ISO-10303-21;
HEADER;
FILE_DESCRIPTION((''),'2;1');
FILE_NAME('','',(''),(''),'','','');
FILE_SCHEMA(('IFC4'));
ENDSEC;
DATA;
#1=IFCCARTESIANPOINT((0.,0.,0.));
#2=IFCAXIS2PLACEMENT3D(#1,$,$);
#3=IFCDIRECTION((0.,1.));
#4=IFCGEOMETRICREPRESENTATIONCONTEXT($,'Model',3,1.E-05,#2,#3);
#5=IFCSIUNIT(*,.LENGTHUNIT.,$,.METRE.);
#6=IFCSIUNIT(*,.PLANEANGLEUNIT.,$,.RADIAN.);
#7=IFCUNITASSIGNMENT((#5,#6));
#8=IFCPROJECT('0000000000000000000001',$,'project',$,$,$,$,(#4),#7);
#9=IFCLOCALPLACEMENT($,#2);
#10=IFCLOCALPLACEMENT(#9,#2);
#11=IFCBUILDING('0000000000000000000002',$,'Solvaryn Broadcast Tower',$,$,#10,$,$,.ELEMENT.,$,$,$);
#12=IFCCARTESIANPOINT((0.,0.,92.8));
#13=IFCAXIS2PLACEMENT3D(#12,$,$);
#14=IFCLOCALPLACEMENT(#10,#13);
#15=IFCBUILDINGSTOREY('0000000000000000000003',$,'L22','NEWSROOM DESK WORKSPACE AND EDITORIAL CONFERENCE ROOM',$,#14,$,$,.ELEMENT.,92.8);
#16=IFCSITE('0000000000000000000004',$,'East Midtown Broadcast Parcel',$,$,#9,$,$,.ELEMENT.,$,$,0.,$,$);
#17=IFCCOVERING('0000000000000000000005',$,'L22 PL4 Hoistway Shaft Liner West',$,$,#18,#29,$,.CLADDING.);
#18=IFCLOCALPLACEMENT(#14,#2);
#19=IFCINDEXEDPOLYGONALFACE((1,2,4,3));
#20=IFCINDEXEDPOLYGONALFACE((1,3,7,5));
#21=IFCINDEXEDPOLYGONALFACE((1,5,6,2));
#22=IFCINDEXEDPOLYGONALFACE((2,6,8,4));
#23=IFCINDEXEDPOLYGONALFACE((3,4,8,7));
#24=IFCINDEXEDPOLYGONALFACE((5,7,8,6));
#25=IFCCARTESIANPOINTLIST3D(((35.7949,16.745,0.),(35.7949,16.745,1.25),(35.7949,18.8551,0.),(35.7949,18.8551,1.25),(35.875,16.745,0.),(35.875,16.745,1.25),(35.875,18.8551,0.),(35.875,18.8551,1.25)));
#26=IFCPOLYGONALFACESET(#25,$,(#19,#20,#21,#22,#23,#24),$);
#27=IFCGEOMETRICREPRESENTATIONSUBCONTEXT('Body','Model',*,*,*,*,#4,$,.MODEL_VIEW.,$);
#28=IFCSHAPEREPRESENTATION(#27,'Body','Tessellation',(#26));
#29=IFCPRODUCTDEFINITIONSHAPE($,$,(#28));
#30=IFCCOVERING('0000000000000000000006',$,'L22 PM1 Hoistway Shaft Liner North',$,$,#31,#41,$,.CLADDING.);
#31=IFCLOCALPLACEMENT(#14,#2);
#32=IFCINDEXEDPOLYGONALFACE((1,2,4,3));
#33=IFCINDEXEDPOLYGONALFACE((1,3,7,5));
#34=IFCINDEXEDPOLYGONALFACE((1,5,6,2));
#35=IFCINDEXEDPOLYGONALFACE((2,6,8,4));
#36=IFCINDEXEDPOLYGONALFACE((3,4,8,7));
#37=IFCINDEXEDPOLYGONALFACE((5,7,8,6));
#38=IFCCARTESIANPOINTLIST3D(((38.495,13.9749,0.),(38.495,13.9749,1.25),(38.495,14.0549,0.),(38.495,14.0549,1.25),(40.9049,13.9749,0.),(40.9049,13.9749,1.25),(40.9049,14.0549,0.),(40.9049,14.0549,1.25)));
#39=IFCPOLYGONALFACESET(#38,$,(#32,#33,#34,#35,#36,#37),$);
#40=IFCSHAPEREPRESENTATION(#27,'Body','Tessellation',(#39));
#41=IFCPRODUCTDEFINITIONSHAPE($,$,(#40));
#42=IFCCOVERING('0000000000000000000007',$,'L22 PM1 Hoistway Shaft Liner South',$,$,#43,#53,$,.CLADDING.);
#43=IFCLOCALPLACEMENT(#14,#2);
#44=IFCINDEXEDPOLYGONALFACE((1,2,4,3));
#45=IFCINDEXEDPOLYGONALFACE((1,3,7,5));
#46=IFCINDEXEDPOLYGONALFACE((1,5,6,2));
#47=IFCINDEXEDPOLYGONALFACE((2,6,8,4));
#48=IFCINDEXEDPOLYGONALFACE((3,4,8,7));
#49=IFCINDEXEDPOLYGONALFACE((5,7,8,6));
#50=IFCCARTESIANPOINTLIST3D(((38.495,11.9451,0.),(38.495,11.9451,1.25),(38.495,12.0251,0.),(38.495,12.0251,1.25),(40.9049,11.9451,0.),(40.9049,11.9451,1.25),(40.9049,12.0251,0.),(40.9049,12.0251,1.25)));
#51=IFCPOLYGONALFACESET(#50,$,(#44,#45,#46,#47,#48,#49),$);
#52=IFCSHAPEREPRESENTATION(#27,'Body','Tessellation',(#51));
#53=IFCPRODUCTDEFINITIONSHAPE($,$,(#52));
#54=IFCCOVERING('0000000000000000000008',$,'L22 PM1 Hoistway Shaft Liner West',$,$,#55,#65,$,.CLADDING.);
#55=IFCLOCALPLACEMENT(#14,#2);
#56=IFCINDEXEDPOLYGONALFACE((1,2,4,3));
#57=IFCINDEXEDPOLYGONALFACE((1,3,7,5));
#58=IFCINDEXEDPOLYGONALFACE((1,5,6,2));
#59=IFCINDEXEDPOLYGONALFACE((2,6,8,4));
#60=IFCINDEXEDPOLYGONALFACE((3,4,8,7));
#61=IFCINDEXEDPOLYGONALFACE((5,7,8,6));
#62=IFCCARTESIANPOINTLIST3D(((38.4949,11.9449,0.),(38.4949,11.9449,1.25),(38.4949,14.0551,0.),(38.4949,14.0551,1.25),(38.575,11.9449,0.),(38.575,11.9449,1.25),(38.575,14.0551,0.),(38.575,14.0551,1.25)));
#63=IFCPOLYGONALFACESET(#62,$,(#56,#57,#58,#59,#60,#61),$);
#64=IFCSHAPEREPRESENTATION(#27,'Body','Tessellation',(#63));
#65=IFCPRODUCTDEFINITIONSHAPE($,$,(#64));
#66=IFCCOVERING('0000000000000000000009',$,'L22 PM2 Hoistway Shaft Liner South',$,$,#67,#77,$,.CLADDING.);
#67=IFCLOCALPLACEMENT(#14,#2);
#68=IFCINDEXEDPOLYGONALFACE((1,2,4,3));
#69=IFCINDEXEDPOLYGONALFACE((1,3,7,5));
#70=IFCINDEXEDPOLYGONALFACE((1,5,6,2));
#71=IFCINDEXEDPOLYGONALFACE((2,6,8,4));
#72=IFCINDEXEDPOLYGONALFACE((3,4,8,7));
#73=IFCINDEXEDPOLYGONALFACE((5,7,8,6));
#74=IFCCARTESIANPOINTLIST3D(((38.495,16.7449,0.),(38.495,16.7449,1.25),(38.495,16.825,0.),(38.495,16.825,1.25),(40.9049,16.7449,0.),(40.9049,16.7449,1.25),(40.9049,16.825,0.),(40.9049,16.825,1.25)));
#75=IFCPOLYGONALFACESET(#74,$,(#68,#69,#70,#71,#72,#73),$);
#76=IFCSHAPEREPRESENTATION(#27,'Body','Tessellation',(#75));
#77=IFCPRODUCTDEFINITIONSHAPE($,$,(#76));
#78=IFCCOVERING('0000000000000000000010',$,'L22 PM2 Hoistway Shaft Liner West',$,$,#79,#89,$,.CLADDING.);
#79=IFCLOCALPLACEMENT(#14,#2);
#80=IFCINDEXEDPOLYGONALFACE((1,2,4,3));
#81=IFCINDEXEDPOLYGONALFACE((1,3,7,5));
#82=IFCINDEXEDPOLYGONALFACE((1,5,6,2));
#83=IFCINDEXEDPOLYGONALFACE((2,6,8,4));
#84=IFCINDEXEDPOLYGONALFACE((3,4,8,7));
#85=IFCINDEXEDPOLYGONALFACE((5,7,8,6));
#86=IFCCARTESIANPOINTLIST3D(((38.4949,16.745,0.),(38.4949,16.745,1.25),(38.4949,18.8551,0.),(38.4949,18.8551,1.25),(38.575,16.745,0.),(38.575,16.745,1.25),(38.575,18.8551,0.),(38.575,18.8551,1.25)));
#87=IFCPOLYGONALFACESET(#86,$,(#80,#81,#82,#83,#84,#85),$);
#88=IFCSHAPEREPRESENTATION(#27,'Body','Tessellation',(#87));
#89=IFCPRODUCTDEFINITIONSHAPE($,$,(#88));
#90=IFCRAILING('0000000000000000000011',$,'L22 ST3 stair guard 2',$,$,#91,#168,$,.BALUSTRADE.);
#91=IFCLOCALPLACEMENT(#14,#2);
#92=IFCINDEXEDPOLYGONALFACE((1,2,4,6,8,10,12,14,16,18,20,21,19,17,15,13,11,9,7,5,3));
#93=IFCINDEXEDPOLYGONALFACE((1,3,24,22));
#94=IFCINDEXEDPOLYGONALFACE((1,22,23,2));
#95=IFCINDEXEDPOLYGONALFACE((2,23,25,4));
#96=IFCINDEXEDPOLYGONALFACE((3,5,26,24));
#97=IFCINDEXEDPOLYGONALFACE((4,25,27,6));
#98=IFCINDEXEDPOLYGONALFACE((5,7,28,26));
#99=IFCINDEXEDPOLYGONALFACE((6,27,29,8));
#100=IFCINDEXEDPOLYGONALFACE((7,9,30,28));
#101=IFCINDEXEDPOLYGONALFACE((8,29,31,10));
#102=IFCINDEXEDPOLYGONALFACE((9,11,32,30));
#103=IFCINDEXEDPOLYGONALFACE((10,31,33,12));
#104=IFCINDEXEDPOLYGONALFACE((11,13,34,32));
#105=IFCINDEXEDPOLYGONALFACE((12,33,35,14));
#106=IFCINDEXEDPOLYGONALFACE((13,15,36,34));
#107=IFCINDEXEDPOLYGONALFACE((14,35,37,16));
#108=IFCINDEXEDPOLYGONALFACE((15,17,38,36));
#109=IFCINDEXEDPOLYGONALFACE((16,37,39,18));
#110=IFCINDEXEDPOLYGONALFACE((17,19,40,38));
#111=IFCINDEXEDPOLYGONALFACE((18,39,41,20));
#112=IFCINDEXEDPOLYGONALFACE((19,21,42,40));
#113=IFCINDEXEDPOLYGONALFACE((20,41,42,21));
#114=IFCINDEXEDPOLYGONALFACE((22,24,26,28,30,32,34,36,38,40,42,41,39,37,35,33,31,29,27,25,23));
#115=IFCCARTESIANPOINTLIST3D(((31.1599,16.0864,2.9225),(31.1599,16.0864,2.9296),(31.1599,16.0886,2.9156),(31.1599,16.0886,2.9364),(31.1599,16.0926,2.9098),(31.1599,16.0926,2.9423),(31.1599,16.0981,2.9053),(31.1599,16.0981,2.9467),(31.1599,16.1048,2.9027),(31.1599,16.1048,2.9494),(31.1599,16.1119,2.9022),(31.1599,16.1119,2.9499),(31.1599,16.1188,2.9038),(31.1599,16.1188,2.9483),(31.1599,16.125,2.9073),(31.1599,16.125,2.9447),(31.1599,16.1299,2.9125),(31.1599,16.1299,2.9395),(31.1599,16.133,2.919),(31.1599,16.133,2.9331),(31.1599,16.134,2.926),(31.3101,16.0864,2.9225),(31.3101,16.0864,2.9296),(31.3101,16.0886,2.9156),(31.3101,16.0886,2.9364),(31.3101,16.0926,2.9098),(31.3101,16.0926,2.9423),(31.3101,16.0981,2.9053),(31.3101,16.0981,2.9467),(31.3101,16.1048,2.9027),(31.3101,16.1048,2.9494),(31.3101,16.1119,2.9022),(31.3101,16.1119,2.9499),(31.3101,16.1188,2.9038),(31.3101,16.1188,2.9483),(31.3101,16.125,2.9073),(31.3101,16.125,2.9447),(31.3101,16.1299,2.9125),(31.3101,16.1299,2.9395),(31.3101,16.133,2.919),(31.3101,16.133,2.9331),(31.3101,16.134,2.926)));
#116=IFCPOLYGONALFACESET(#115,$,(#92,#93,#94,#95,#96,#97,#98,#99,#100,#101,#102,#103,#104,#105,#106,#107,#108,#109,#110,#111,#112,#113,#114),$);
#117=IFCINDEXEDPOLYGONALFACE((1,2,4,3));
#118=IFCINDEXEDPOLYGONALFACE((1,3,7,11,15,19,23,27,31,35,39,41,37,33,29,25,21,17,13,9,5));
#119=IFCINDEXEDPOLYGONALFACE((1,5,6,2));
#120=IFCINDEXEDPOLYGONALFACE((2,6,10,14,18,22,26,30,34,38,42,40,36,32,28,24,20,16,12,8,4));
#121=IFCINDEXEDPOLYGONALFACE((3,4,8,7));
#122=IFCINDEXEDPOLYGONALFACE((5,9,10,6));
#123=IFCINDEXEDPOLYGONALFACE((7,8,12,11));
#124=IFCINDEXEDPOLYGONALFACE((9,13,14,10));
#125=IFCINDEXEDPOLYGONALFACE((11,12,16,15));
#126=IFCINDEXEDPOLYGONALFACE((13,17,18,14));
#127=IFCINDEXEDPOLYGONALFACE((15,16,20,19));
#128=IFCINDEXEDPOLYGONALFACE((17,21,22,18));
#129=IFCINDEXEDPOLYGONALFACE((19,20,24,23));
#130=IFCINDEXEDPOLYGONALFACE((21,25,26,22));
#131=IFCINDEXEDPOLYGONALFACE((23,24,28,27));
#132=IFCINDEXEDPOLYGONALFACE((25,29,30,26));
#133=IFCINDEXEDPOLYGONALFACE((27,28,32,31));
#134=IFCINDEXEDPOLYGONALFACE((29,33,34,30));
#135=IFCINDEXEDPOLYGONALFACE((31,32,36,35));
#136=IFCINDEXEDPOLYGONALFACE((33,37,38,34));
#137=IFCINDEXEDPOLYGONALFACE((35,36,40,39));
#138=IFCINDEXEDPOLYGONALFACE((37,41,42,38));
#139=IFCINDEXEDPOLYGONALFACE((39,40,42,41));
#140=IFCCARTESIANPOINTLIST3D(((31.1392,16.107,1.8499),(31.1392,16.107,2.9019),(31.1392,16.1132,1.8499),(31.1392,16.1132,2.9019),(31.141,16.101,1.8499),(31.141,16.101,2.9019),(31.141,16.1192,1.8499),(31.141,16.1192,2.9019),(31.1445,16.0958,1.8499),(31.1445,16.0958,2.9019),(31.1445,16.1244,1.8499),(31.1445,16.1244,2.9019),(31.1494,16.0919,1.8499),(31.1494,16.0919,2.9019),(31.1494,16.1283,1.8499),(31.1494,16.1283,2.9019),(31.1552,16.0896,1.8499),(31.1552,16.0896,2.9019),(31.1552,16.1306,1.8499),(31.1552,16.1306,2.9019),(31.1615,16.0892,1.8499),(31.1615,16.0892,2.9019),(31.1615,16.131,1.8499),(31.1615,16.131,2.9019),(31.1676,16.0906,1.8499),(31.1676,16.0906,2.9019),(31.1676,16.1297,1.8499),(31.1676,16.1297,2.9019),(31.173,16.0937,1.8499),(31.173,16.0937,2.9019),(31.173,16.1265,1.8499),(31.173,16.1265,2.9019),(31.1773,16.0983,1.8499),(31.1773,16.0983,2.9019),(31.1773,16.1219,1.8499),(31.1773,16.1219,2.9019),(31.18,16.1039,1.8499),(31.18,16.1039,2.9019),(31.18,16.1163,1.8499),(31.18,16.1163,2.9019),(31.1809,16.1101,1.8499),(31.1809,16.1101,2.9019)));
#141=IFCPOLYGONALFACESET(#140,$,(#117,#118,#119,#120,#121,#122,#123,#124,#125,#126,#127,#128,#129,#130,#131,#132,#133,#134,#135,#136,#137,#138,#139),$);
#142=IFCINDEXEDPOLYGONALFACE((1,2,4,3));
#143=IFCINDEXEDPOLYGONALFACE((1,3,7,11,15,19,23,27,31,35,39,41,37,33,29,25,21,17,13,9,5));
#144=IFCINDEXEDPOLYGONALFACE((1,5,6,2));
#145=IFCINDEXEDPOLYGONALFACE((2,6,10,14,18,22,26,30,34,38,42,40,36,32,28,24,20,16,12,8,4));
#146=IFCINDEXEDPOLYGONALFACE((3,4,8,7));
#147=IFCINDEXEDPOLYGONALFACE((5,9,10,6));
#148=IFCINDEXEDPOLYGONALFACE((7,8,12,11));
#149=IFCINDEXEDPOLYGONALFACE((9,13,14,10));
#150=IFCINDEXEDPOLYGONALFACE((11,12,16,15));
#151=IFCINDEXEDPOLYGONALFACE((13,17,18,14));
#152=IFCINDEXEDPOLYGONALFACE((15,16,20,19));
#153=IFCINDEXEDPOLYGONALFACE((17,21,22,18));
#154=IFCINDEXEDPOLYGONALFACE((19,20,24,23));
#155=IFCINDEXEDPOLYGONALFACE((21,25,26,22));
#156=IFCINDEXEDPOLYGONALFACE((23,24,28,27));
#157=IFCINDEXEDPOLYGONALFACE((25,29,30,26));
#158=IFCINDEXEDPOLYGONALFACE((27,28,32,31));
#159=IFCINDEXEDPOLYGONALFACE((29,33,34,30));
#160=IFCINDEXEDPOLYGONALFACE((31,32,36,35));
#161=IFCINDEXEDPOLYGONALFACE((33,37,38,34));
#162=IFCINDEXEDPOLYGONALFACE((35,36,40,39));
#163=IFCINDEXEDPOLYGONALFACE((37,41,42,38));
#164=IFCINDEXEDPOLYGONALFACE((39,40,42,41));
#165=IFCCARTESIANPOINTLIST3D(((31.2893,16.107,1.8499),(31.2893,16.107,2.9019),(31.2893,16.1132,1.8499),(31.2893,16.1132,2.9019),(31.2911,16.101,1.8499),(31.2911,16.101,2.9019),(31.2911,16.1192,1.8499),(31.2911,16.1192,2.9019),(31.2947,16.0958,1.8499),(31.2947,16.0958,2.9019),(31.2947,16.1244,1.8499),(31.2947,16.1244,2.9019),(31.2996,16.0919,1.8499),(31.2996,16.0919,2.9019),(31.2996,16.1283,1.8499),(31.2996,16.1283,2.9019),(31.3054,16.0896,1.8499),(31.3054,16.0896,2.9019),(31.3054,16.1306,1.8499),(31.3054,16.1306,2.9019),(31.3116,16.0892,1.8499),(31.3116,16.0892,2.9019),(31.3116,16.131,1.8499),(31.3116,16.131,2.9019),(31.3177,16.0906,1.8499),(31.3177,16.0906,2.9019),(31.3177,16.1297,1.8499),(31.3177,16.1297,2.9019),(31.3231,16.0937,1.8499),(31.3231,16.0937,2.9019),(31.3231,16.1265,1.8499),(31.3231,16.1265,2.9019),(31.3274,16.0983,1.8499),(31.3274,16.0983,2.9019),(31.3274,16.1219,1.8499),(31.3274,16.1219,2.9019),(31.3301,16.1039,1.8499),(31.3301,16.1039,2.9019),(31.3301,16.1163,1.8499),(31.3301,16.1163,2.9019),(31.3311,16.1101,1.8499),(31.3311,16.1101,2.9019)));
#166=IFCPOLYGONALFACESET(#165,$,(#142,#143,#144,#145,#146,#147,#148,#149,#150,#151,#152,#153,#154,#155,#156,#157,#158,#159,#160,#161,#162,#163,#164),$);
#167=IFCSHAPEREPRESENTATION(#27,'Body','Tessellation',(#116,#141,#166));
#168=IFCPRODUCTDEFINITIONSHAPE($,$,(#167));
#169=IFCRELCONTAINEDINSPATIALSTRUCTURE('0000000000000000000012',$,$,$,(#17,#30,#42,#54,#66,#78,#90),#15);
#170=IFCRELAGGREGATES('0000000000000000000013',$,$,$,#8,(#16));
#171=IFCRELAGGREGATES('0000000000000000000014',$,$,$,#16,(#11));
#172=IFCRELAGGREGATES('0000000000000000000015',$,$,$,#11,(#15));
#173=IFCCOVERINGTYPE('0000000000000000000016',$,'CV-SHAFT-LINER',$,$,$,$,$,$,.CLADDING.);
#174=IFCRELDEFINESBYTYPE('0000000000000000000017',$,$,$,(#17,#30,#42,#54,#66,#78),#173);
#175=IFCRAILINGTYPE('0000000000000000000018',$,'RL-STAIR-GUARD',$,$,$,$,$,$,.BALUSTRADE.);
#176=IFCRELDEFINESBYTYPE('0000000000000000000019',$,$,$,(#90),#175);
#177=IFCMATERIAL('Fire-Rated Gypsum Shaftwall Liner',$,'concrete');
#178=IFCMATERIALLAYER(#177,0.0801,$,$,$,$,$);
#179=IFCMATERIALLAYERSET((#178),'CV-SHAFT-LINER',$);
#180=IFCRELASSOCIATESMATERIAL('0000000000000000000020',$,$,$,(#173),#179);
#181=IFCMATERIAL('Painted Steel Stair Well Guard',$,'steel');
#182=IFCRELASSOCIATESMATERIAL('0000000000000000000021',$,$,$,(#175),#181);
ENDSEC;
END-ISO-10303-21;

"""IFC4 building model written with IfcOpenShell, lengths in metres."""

from ifc_helpers import new_model, si_unit, direction, frame, origin, origin_2d, place, context, subcontext, project, spatial, rectangle, circle, extrude, material, layer, layer_set, type_object, element, save


model = new_model("IFC4")

# Units and contexts
model_context = context("Model", 3, precision=1e-05, world=origin(), true_north=direction((0.0, 1.0)))
body_context = subcontext(model_context, "Body", "Model", "MODEL_VIEW")
ifc_project = project(units=[si_unit("LENGTHUNIT", "METRE"), si_unit("PLANEANGLEUNIT", "RADIAN")], contexts=[model_context])

# Site, building, storey
site_placement = place(None, origin())
site = spatial("IfcSite", under=ifc_project, at=site_placement, Name="East Midtown Broadcast Parcel", CompositionType="ELEMENT", RefElevation=0.0)
building_placement = place(site_placement, origin())
building = spatial("IfcBuilding", under=site, at=building_placement, Name="Solvaryn Broadcast Tower", CompositionType="ELEMENT")
storey_placement = place(building_placement, frame((0.0, 0.0, 92.8)))
storey = spatial("IfcBuildingStorey", under=building, at=storey_placement, Name="L22", Description="NEWSROOM DESK WORKSPACE AND EDITORIAL CONFERENCE ROOM", CompositionType="ELEMENT", Elevation=92.8)

# Coverings
ifc_material_1 = material(Name="Fire-Rated Gypsum Shaftwall Liner", Category="concrete")
ifc_layer_1 = layer(ifc_material_1, 0.0801)
ifc_layer_set_1 = layer_set([ifc_layer_1], Name="CV-SHAFT-LINER")
covering_type = type_object("IfcCoveringType", Name="CV-SHAFT-LINER", PredefinedType="CLADDING", material=ifc_layer_set_1)
for number, where, z_axis, x_axis, name in (
    (1, (35.835, 17.8, 0.0), (0.0, 0.0, 1.0), (1.0, 0.0, 0.0), "L22 PL4 Hoistway Shaft Liner West"),
):
    element("IfcCovering", number, at=place(storey_placement, frame(where, z_axis=z_axis, x_axis=x_axis)), inside=storey, type_object=covering_type, Name=name, PredefinedType="CLADDING", context=body_context, shape_type="SweptSolid", body=[
        extrude(rectangle(XDim=0.0801, YDim=2.1101, at=origin_2d()), origin(), (0.0, 0.0, 1.0), 1.25),
    ])
for number, where, z_axis, x_axis, name in (
    (2, (39.7, 14.0149, 0.0), (0.0, 0.0, 1.0), (1.0, 0.0, 0.0), "L22 PM1 Hoistway Shaft Liner North"),
    (3, (39.7, 11.9851, 0.0), (0.0, 0.0, 1.0), (1.0, 0.0, 0.0), "L22 PM1 Hoistway Shaft Liner South"),
):
    element("IfcCovering", number, at=place(storey_placement, frame(where, z_axis=z_axis, x_axis=x_axis)), inside=storey, type_object=covering_type, Name=name, PredefinedType="CLADDING", context=body_context, shape_type="SweptSolid", body=[
        extrude(rectangle(XDim=2.4099, YDim=0.0801, at=origin_2d()), origin(), (0.0, 0.0, 1.0), 1.25),
    ])
covering_1_placement = place(storey_placement, frame((38.5349, 13.0, 0.0), z_axis=(0.0, 0.0, 1.0), x_axis=(1.0, 0.0, 0.0)))
element("IfcCovering", 4, at=covering_1_placement, inside=storey, type_object=covering_type, Name="L22 PM1 Hoistway Shaft Liner West", PredefinedType="CLADDING", context=body_context, shape_type="SweptSolid", body=[
    extrude(rectangle(XDim=0.0801, YDim=2.1101, at=origin_2d()), origin(), (0.0, 0.0, 1.0), 1.25),
])
covering_2_placement = place(storey_placement, frame((39.7, 16.7849, 0.0), z_axis=(0.0, 0.0, 1.0), x_axis=(1.0, 0.0, 0.0)))
element("IfcCovering", 5, at=covering_2_placement, inside=storey, type_object=covering_type, Name="L22 PM2 Hoistway Shaft Liner South", PredefinedType="CLADDING", context=body_context, shape_type="SweptSolid", body=[
    extrude(rectangle(XDim=2.4099, YDim=0.0801, at=origin_2d()), origin(), (0.0, 0.0, 1.0), 1.25),
])
covering_3_placement = place(storey_placement, frame((38.5349, 17.8, 0.0), z_axis=(0.0, 0.0, 1.0), x_axis=(1.0, 0.0, 0.0)))
element("IfcCovering", 6, at=covering_3_placement, inside=storey, type_object=covering_type, Name="L22 PM2 Hoistway Shaft Liner West", PredefinedType="CLADDING", context=body_context, shape_type="SweptSolid", body=[
    extrude(rectangle(XDim=0.0801, YDim=2.1101, at=origin_2d()), origin(), (0.0, 0.0, 1.0), 1.25),
])

# Railing
ifc_material_2 = material(Name="Painted Steel Stair Well Guard", Category="steel")
railing_type_1 = type_object("IfcRailingType", Name="RL-STAIR-GUARD", PredefinedType="BALUSTRADE", material=ifc_material_2)
railing_1_placement = place(storey_placement, frame((31.1599, 16.1101, 1.8499)))
element("IfcRailing", 7, at=railing_1_placement, inside=storey, type_object=railing_type_1, Name="L22 ST3 stair guard 2", PredefinedType="BALUSTRADE", context=body_context, shape_type="SweptSolid", body=[
    extrude(circle(Radius=0.0239, at=origin_2d()), frame((0.0, 0.0, 1.0762), z_axis=(1.0, 0.0, 0.0), x_axis=(0.0, 1.0, 0.0)), (0.0, 0.0, 1.0), 0.1501),
    extrude(circle(Radius=0.021, at=origin_2d()), origin(), (0.0, 0.0, 1.0), 1.052),
    extrude(circle(Radius=0.021, at=origin_2d()), frame((0.1501, 0.0, 0.0)), (0.0, 0.0, 1.0), 1.052),
])

save(model, "model.ifc")
